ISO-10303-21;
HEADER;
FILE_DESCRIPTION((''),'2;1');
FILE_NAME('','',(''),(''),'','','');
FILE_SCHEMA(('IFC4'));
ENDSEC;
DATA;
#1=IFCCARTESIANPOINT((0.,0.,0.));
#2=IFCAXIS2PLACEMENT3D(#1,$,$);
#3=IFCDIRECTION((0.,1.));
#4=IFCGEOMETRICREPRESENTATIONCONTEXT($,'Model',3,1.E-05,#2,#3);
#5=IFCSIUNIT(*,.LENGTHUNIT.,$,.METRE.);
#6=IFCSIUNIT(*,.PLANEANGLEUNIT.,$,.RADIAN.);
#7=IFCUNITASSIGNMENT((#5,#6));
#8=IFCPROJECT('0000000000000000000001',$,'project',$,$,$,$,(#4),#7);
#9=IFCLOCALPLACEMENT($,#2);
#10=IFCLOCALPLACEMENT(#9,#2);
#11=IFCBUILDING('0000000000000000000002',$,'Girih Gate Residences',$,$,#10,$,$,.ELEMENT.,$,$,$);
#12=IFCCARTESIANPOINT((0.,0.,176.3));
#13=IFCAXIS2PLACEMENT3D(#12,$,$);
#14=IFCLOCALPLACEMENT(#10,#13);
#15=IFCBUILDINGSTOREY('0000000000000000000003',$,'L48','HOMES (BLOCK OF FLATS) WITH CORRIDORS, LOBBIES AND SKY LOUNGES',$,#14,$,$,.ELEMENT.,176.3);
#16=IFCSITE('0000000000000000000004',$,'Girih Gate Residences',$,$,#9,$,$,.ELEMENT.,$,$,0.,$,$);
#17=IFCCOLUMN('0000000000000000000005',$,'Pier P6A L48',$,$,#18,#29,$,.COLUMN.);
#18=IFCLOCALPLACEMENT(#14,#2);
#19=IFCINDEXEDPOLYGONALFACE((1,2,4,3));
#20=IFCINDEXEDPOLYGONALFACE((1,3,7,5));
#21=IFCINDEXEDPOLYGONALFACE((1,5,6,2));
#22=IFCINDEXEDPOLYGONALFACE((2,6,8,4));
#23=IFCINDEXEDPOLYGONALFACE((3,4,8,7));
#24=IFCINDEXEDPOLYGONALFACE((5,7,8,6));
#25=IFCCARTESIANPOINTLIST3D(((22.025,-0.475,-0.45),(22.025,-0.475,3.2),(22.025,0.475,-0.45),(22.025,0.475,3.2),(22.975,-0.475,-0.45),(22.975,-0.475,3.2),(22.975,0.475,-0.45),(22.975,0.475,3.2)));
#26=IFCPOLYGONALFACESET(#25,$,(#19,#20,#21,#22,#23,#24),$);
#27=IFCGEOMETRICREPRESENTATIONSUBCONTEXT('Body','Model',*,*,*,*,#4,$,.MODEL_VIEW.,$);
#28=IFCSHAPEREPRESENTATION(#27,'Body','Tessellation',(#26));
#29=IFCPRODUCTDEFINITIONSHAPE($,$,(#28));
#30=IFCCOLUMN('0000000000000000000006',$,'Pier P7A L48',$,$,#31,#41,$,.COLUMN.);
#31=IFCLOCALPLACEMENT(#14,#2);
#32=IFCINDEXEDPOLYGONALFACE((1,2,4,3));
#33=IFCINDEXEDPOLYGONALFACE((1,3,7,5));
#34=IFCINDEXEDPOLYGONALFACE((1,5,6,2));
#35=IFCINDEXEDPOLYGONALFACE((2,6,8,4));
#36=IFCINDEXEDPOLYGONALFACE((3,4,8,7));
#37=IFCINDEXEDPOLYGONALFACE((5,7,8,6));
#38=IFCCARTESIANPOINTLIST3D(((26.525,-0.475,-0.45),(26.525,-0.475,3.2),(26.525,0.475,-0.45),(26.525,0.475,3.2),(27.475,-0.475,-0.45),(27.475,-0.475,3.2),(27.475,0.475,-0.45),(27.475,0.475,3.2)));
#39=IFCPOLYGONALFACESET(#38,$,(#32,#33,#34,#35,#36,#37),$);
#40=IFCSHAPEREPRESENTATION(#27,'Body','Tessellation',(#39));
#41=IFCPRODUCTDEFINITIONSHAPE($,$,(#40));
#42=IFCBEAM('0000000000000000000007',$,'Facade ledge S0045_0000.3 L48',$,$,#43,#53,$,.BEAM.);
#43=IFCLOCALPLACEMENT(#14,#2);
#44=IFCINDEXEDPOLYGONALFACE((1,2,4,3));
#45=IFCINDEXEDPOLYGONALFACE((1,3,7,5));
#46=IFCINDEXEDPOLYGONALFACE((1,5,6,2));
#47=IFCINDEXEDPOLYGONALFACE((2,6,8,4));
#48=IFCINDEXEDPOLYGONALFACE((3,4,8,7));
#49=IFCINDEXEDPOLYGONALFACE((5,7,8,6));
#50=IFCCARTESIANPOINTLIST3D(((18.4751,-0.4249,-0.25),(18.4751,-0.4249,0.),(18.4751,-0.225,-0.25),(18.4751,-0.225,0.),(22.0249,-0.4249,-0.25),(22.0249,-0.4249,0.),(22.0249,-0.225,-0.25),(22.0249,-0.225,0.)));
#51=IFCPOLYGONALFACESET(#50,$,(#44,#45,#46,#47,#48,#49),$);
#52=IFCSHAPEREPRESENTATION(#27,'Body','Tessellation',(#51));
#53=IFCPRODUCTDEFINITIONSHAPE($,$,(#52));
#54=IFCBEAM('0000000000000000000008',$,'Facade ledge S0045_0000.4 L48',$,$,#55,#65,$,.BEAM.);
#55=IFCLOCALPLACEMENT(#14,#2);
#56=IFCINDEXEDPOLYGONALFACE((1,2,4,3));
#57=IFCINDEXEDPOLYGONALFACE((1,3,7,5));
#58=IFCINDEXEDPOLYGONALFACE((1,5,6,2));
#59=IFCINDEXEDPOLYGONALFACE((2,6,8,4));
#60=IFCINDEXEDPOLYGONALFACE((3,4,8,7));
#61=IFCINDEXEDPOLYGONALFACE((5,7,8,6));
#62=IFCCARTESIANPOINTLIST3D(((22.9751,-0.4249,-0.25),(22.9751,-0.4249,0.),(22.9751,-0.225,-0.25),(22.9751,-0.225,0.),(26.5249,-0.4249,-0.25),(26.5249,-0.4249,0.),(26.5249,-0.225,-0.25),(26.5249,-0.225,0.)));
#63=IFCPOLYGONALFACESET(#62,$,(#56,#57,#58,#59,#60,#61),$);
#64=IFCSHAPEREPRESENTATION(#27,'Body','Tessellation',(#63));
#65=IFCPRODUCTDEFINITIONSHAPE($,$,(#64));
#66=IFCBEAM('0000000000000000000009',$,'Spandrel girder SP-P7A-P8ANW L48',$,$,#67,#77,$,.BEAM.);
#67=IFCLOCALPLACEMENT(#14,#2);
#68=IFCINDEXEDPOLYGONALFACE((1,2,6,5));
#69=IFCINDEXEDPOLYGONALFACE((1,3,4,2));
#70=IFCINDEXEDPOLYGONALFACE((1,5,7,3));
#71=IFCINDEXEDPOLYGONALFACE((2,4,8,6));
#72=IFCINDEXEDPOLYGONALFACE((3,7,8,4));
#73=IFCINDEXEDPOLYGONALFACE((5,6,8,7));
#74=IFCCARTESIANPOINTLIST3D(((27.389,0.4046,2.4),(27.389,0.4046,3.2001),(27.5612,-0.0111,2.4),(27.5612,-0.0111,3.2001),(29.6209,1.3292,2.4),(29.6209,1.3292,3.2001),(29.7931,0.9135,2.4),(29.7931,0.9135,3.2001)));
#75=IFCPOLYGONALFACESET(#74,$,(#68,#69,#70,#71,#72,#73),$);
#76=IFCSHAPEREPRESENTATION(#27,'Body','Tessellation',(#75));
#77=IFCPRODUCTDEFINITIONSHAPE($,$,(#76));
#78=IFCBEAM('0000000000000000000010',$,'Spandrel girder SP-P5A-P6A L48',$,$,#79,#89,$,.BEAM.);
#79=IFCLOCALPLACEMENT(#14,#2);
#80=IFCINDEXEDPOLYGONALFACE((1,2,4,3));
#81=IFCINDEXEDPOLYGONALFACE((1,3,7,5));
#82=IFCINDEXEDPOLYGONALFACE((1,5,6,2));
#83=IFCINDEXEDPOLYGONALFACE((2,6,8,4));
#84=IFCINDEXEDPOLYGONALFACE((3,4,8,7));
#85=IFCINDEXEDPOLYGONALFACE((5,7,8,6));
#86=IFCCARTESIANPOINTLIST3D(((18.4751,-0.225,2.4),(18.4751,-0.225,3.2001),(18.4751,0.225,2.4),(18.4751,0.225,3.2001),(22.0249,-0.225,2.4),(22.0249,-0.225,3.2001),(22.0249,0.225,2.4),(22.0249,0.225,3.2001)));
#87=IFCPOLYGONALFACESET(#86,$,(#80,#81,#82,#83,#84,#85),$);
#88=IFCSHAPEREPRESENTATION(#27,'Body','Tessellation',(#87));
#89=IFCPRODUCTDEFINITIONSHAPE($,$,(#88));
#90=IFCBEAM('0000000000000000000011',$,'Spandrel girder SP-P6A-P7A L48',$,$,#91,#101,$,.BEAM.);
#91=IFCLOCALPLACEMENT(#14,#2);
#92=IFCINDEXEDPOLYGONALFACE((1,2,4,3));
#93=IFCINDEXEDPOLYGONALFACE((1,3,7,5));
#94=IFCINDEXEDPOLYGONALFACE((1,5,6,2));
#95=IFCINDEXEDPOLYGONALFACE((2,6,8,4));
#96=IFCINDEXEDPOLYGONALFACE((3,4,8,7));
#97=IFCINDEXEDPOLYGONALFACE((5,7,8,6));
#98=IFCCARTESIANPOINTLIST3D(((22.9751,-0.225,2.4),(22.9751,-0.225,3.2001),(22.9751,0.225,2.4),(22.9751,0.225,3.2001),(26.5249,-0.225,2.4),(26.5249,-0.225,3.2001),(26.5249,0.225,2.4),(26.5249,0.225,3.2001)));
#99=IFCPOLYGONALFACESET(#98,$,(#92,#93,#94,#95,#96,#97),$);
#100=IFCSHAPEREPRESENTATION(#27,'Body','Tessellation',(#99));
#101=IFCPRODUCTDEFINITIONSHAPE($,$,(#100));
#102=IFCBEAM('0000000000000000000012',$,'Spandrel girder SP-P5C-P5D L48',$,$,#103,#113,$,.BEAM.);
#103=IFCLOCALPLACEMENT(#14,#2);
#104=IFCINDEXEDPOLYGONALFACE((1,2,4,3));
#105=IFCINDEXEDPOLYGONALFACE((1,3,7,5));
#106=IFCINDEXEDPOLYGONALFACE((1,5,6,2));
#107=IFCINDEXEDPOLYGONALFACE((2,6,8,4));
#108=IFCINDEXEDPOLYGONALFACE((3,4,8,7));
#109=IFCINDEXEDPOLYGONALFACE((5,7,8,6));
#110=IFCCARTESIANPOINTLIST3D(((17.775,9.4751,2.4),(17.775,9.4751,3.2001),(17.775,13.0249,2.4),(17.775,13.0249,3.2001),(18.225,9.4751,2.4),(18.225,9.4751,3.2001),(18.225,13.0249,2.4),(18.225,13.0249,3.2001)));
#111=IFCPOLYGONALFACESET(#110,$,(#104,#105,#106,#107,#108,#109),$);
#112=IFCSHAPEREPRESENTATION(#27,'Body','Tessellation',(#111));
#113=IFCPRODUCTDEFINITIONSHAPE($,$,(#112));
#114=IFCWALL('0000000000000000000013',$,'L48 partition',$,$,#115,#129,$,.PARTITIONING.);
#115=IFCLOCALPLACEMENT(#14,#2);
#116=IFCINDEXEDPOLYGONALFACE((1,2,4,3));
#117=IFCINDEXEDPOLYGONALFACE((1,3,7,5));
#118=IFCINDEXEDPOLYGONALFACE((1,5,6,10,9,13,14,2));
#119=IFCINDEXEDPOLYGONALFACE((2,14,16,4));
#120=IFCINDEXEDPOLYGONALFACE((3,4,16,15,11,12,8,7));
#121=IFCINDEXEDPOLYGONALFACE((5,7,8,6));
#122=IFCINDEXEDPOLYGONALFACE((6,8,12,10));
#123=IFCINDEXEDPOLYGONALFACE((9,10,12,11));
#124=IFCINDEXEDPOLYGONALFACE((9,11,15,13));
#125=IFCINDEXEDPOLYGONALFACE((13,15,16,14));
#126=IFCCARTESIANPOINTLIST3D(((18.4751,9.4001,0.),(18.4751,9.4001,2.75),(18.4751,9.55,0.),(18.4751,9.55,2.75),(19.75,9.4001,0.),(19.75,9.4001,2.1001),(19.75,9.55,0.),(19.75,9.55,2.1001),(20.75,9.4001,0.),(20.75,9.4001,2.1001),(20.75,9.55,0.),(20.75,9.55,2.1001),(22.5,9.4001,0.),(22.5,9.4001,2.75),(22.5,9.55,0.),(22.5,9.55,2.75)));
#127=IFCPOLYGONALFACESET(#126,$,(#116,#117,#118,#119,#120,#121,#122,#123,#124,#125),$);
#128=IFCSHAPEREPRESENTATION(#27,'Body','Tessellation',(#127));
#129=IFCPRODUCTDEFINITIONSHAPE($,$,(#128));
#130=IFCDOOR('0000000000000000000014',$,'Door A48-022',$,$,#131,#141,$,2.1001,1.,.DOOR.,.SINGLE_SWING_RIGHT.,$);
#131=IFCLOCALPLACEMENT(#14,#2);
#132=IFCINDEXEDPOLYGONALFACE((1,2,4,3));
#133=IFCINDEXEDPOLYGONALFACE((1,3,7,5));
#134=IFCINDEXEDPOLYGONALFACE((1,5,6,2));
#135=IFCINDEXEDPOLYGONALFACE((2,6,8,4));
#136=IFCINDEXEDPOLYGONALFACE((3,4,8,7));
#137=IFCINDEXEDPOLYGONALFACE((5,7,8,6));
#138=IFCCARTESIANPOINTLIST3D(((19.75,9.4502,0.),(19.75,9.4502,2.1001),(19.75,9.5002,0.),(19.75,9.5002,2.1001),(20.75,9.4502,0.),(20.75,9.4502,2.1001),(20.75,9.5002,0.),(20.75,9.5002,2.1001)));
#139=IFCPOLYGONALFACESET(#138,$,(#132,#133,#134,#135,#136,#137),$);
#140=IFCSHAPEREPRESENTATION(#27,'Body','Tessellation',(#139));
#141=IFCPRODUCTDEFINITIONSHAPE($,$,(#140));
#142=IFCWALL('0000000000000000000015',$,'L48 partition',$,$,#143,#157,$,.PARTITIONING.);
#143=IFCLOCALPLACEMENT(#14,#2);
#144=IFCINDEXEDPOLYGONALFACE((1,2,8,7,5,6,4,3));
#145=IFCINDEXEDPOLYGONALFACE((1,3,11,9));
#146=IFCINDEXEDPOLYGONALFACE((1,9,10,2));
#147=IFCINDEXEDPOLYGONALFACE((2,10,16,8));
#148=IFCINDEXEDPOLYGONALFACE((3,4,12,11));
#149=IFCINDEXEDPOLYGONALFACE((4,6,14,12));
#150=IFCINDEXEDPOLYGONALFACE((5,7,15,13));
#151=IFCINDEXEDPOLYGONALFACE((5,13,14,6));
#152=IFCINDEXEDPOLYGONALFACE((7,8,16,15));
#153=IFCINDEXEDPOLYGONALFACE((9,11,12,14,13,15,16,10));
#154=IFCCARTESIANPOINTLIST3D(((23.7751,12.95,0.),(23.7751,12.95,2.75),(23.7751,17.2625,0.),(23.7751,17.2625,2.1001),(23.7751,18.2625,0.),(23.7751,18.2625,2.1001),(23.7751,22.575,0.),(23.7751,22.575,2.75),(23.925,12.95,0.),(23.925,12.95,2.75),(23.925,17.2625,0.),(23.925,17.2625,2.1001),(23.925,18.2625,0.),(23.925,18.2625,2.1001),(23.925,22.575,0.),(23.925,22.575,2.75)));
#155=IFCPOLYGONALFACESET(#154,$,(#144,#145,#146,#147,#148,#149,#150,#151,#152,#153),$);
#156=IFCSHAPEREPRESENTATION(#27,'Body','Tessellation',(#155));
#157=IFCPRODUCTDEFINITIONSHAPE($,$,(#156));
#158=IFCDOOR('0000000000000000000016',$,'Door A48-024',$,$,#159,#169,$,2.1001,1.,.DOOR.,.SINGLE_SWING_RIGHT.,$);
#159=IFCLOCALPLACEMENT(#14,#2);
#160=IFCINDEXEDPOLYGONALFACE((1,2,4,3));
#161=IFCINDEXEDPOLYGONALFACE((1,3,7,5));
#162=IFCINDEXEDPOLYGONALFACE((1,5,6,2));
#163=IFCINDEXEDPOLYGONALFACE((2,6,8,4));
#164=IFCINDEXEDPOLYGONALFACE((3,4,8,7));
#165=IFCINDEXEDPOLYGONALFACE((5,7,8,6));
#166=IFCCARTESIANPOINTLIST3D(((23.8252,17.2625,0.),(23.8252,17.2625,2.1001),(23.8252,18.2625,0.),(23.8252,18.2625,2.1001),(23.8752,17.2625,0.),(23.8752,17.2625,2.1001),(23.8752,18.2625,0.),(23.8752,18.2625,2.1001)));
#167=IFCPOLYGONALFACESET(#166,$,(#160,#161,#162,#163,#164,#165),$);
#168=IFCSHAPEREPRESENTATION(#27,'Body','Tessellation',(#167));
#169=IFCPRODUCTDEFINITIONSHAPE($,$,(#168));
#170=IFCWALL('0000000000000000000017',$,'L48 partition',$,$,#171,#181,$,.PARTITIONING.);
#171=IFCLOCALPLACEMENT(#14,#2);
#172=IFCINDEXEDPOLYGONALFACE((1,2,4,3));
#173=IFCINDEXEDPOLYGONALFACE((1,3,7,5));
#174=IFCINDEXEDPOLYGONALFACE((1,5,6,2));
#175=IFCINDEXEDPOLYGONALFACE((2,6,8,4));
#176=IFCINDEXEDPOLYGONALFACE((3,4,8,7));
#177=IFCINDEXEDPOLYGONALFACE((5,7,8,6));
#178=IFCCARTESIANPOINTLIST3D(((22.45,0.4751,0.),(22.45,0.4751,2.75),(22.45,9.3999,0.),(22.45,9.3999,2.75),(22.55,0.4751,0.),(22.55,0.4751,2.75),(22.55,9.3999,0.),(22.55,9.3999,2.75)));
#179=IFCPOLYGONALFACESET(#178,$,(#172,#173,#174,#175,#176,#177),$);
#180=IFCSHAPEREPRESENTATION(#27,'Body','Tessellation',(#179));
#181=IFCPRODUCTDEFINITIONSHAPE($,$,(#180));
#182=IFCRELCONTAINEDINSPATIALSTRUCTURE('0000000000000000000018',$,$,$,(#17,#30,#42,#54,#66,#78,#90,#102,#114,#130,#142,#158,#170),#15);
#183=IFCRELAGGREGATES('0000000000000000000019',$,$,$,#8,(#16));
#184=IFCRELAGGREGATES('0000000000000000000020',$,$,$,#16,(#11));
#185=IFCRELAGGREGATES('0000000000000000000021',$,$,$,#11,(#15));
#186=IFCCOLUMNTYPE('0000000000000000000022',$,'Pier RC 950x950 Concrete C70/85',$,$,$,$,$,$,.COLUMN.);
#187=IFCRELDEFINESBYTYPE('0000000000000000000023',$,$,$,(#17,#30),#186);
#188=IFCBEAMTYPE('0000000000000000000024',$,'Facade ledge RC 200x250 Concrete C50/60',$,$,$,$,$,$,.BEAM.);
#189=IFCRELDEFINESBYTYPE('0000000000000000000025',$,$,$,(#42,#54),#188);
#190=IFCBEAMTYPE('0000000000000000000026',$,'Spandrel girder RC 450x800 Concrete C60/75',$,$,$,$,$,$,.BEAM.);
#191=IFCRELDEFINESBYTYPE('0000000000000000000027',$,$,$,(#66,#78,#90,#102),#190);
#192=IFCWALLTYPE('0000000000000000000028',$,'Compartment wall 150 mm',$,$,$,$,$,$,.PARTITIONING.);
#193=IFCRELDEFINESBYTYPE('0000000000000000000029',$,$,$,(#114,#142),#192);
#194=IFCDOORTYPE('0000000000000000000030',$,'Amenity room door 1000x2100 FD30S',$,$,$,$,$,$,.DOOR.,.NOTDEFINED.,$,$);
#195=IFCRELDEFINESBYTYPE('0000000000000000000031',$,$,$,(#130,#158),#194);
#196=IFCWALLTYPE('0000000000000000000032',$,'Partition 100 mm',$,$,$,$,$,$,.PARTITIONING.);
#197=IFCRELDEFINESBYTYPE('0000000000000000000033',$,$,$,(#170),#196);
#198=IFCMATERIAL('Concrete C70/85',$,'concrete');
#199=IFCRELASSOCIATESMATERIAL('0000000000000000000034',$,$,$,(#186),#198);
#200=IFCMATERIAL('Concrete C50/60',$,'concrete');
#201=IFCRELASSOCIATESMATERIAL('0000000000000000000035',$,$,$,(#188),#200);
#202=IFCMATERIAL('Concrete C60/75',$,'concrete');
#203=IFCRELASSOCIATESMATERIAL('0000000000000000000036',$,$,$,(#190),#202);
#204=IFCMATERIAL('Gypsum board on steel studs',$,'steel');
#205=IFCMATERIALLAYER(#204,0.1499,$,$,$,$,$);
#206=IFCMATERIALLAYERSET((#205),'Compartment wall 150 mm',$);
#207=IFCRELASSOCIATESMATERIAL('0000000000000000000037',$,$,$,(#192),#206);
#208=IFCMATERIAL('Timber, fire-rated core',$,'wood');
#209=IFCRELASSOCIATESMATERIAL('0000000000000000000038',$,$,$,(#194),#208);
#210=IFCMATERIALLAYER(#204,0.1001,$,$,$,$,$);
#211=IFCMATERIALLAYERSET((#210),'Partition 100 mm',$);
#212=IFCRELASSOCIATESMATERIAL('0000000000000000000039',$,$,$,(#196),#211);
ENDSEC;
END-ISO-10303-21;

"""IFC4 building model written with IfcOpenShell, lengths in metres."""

from ifc_helpers import new_model, si_unit, direction, frame, frame_2d, origin, origin_2d, place, context, subcontext, project, spatial, rectangle, extrude, material, layer, layer_set, material_profile, profile_set, type_object, element, fill, save


model = new_model("IFC4")

# Units and contexts
model_context = context("Model", 3, precision=1e-05, world=origin(), true_north=direction((0.0, 1.0)))
body_context = subcontext(model_context, "Body", "Model", "MODEL_VIEW")
ifc_project = project(units=[si_unit("LENGTHUNIT", "METRE"), si_unit("PLANEANGLEUNIT", "RADIAN")], contexts=[model_context])

# Site, building, storey
site_placement = place(None, origin())
site = spatial("IfcSite", under=ifc_project, at=site_placement, Name="Girih Gate Residences", CompositionType="ELEMENT", RefElevation=0.0)
building_placement = place(site_placement, origin())
building = spatial("IfcBuilding", under=site, at=building_placement, Name="Girih Gate Residences", CompositionType="ELEMENT")
storey_placement = place(building_placement, frame((0.0, 0.0, 176.3)))
storey = spatial("IfcBuildingStorey", under=building, at=storey_placement, Name="L48", Description="HOMES (BLOCK OF FLATS) WITH CORRIDORS, LOBBIES AND SKY LOUNGES", CompositionType="ELEMENT", Elevation=176.3)

# Columns
ifc_material_1 = material(Name="Concrete C70/85", Category="concrete")
ifc_material_profile_1 = material_profile(ifc_material_1, rectangle(XDim=0.95, YDim=0.95, at=origin_2d()))
ifc_profile_set_1 = profile_set([ifc_material_profile_1], Name="Concrete C70/85")
column_type = type_object("IfcColumnType", Name="Pier RC 950x950 Concrete C70/85", PredefinedType="COLUMN", material=ifc_profile_set_1)
for number, where, z_axis, x_axis, name in (
    (1, (22.5, 0.0, -0.45), (0.0, 0.0, 1.0), (1.0, 0.0, 0.0), "Pier P6A L48"),
    (2, (27.0, 0.0, -0.45), (0.0, 0.0, 1.0), (1.0, 0.0, 0.0), "Pier P7A L48"),
):
    element("IfcColumn", number, at=place(storey_placement, frame(where, z_axis=z_axis, x_axis=x_axis)), inside=storey, type_object=column_type, Name=name, PredefinedType="COLUMN", context=body_context, shape_type="SweptSolid", body=[
        extrude(rectangle(XDim=0.95, YDim=0.95, at=origin_2d()), origin(), (0.0, 0.0, 1.0), 3.6499),
    ])

# Beams
ifc_material_2 = material(Name="Concrete C50/60", Category="concrete")
ifc_material_profile_2 = material_profile(ifc_material_2, rectangle(XDim=0.2, YDim=0.25, at=origin_2d()))
ifc_profile_set_2 = profile_set([ifc_material_profile_2], Name="Concrete C50/60")
beam_type_1 = type_object("IfcBeamType", Name="Facade ledge RC 200x250 Concrete C50/60", PredefinedType="BEAM", material=ifc_profile_set_2)
for number, where, z_axis, x_axis, name in (
    (3, (18.4751, -0.325, -0.125), (1.0, 0.0, 0.0), (0.0, 1.0, 0.0), "Facade ledge S0045_0000.3 L48"),
    (4, (22.9751, -0.325, -0.125), (1.0, 0.0, 0.0), (0.0, 1.0, 0.0), "Facade ledge S0045_0000.4 L48"),
):
    element("IfcBeam", number, at=place(storey_placement, frame(where, z_axis=z_axis, x_axis=x_axis)), inside=storey, type_object=beam_type_1, Name=name, PredefinedType="BEAM", context=body_context, shape_type="SweptSolid", body=[
        extrude(rectangle(XDim=0.2, YDim=0.25, at=origin_2d()), origin(), (0.0, 0.0, 1.0), 3.5498),
    ])
ifc_material_3 = material(Name="Concrete C60/75", Category="concrete")
ifc_material_profile_3 = material_profile(ifc_material_3, rectangle(XDim=0.45, YDim=0.8, at=origin_2d()))
ifc_profile_set_3 = profile_set([ifc_material_profile_3], Name="Concrete C60/75")
beam_type_2 = type_object("IfcBeamType", Name="Spandrel girder RC 450x800 Concrete C60/75", PredefinedType="BEAM", material=ifc_profile_set_3)
beam_placement = place(storey_placement, frame((27.4751, 0.1968, 2.8), z_axis=(0.92387, 0.382706, 0.0), x_axis=(-0.382706, 0.92387, 0.0)))
element("IfcBeam", 5, at=beam_placement, inside=storey, type_object=beam_type_2, Name="Spandrel girder SP-P7A-P8ANW L48", PredefinedType="BEAM", context=body_context, shape_type="SweptSolid", body=[
    extrude(rectangle(XDim=0.45, YDim=0.8, at=origin_2d()), origin(), (0.0, 0.0, 1.0), 2.4158),
])
for number, where, z_axis, x_axis, name in (
    (6, (18.4751, 0.0, 2.8), (1.0, 0.0, 0.0), (0.0, 1.0, 0.0), "Spandrel girder SP-P5A-P6A L48"),
    (7, (22.9751, 0.0, 2.8), (1.0, 0.0, 0.0), (0.0, 1.0, 0.0), "Spandrel girder SP-P6A-P7A L48"),
    (8, (18.0, 9.4751, 2.8), (0.0, 1.0, 0.0), (-1.0, 0.0, 0.0), "Spandrel girder SP-P5C-P5D L48"),
):
    element("IfcBeam", number, at=place(storey_placement, frame(where, z_axis=z_axis, x_axis=x_axis)), inside=storey, type_object=beam_type_2, Name=name, PredefinedType="BEAM", context=body_context, shape_type="SweptSolid", body=[
        extrude(rectangle(XDim=0.45, YDim=0.8, at=origin_2d()), origin(), (0.0, 0.0, 1.0), 3.5498),
    ])

# Walls, openings, doors
ifc_material_4 = material(Name="Gypsum board on steel studs", Category="steel")
ifc_layer_1 = layer(ifc_material_4, 0.1499)
ifc_layer_set_1 = layer_set([ifc_layer_1], Name="Compartment wall 150 mm")
wall_type_1 = type_object("IfcWallType", Name="Compartment wall 150 mm", PredefinedType="PARTITIONING", material=ifc_layer_set_1)
wall_1_placement = place(storey_placement, frame((22.5, 9.4751, 0.0), z_axis=(0.0, 0.0, 1.0), x_axis=(-1.0, 0.0, 0.0)))
wall_1 = element("IfcWall", 9, at=wall_1_placement, inside=storey, type_object=wall_type_1, Name="L48 partition", PredefinedType="PARTITIONING", context=body_context, shape_type="SweptSolid", body=[
    extrude(rectangle(XDim=4.0249, YDim=0.1499, at=frame_2d((2.0125, 0.0))), origin(), (0.0, 0.0, 1.0), 2.75),
])
opening_1_placement = place(wall_1_placement, frame((1.75, 0.0, 0.0)))
opening_1 = element("IfcOpeningElement", 10, at=opening_1_placement, cuts=wall_1, PredefinedType="OPENING", context=body_context, shape_type="SweptSolid", body=[
    extrude(rectangle(XDim=1.0, YDim=2.1001, at=frame_2d((0.5, 1.05))), frame((0.0, 0.085, 0.0), z_axis=(0.0, -1.0, 0.0), x_axis=(1.0, 0.0, 0.0)), (0.0, 0.0, 1.0), 0.1699),
])
ifc_material_5 = material(Name="Timber, fire-rated core", Category="wood")
door_type = type_object("IfcDoorType", Name="Amenity room door 1000x2100 FD30S", OperationType="NOTDEFINED", PredefinedType="DOOR", material=ifc_material_5)
door_1_placement = place(opening_1_placement, origin())
door_1 = element("IfcDoor", 11, at=door_1_placement, inside=storey, type_object=door_type, Name="Door A48-022", OperationType="SINGLE_SWING_RIGHT", OverallHeight=2.1001, OverallWidth=1.0, PredefinedType="DOOR", context=body_context, shape_type="SweptSolid", body=[
    extrude(rectangle(XDim=1.0, YDim=2.1001, at=frame_2d((0.5, 1.05))), frame((0.0, 0.0249, 0.0), z_axis=(0.0, -1.0, 0.0), x_axis=(1.0, 0.0, 0.0)), (0.0, 0.0, 1.0), 0.05),
])
fill(opening_1, door_1)
wall_2_placement = place(storey_placement, frame((23.8501, 12.95, 0.0), z_axis=(0.0, 0.0, 1.0), x_axis=(0.0, 1.0, 0.0)))
wall_2 = element("IfcWall", 12, at=wall_2_placement, inside=storey, type_object=wall_type_1, Name="L48 partition", PredefinedType="PARTITIONING", context=body_context, shape_type="SweptSolid", body=[
    extrude(rectangle(XDim=9.625, YDim=0.1499, at=frame_2d((4.8125, 0.0))), origin(), (0.0, 0.0, 1.0), 2.75),
])
opening_2_placement = place(wall_2_placement, frame((4.3125, 0.0, 0.0)))
opening_2 = element("IfcOpeningElement", 13, at=opening_2_placement, cuts=wall_2, PredefinedType="OPENING", context=body_context, shape_type="SweptSolid", body=[
    extrude(rectangle(XDim=1.0, YDim=2.1001, at=frame_2d((0.5, 1.05))), frame((0.0, 0.085, 0.0), z_axis=(0.0, -1.0, 0.0), x_axis=(1.0, 0.0, 0.0)), (0.0, 0.0, 1.0), 0.1699),
])
door_2_placement = place(opening_2_placement, origin())
door_2 = element("IfcDoor", 14, at=door_2_placement, inside=storey, type_object=door_type, Name="Door A48-024", OperationType="SINGLE_SWING_RIGHT", OverallHeight=2.1001, OverallWidth=1.0, PredefinedType="DOOR", context=body_context, shape_type="SweptSolid", body=[
    extrude(rectangle(XDim=1.0, YDim=2.1001, at=frame_2d((0.5, 1.05))), frame((0.0, 0.0249, 0.0), z_axis=(0.0, -1.0, 0.0), x_axis=(1.0, 0.0, 0.0)), (0.0, 0.0, 1.0), 0.05),
])
fill(opening_2, door_2)

# Wall
ifc_layer_2 = layer(ifc_material_4, 0.1001)
ifc_layer_set_2 = layer_set([ifc_layer_2], Name="Partition 100 mm")
wall_type_2 = type_object("IfcWallType", Name="Partition 100 mm", PredefinedType="PARTITIONING", material=ifc_layer_set_2)
wall_3_placement = place(storey_placement, frame((22.5, 0.4751, 0.0), z_axis=(0.0, 0.0, 1.0), x_axis=(0.0, 1.0, 0.0)))
element("IfcWall", 15, at=wall_3_placement, inside=storey, type_object=wall_type_2, Name="L48 partition", PredefinedType="PARTITIONING", context=body_context, shape_type="SweptSolid", body=[
    extrude(rectangle(XDim=8.9248, YDim=0.1001, at=frame_2d((4.4624, 0.0))), origin(), (0.0, 0.0, 1.0), 2.75),
])

save(model, "model.ifc")
